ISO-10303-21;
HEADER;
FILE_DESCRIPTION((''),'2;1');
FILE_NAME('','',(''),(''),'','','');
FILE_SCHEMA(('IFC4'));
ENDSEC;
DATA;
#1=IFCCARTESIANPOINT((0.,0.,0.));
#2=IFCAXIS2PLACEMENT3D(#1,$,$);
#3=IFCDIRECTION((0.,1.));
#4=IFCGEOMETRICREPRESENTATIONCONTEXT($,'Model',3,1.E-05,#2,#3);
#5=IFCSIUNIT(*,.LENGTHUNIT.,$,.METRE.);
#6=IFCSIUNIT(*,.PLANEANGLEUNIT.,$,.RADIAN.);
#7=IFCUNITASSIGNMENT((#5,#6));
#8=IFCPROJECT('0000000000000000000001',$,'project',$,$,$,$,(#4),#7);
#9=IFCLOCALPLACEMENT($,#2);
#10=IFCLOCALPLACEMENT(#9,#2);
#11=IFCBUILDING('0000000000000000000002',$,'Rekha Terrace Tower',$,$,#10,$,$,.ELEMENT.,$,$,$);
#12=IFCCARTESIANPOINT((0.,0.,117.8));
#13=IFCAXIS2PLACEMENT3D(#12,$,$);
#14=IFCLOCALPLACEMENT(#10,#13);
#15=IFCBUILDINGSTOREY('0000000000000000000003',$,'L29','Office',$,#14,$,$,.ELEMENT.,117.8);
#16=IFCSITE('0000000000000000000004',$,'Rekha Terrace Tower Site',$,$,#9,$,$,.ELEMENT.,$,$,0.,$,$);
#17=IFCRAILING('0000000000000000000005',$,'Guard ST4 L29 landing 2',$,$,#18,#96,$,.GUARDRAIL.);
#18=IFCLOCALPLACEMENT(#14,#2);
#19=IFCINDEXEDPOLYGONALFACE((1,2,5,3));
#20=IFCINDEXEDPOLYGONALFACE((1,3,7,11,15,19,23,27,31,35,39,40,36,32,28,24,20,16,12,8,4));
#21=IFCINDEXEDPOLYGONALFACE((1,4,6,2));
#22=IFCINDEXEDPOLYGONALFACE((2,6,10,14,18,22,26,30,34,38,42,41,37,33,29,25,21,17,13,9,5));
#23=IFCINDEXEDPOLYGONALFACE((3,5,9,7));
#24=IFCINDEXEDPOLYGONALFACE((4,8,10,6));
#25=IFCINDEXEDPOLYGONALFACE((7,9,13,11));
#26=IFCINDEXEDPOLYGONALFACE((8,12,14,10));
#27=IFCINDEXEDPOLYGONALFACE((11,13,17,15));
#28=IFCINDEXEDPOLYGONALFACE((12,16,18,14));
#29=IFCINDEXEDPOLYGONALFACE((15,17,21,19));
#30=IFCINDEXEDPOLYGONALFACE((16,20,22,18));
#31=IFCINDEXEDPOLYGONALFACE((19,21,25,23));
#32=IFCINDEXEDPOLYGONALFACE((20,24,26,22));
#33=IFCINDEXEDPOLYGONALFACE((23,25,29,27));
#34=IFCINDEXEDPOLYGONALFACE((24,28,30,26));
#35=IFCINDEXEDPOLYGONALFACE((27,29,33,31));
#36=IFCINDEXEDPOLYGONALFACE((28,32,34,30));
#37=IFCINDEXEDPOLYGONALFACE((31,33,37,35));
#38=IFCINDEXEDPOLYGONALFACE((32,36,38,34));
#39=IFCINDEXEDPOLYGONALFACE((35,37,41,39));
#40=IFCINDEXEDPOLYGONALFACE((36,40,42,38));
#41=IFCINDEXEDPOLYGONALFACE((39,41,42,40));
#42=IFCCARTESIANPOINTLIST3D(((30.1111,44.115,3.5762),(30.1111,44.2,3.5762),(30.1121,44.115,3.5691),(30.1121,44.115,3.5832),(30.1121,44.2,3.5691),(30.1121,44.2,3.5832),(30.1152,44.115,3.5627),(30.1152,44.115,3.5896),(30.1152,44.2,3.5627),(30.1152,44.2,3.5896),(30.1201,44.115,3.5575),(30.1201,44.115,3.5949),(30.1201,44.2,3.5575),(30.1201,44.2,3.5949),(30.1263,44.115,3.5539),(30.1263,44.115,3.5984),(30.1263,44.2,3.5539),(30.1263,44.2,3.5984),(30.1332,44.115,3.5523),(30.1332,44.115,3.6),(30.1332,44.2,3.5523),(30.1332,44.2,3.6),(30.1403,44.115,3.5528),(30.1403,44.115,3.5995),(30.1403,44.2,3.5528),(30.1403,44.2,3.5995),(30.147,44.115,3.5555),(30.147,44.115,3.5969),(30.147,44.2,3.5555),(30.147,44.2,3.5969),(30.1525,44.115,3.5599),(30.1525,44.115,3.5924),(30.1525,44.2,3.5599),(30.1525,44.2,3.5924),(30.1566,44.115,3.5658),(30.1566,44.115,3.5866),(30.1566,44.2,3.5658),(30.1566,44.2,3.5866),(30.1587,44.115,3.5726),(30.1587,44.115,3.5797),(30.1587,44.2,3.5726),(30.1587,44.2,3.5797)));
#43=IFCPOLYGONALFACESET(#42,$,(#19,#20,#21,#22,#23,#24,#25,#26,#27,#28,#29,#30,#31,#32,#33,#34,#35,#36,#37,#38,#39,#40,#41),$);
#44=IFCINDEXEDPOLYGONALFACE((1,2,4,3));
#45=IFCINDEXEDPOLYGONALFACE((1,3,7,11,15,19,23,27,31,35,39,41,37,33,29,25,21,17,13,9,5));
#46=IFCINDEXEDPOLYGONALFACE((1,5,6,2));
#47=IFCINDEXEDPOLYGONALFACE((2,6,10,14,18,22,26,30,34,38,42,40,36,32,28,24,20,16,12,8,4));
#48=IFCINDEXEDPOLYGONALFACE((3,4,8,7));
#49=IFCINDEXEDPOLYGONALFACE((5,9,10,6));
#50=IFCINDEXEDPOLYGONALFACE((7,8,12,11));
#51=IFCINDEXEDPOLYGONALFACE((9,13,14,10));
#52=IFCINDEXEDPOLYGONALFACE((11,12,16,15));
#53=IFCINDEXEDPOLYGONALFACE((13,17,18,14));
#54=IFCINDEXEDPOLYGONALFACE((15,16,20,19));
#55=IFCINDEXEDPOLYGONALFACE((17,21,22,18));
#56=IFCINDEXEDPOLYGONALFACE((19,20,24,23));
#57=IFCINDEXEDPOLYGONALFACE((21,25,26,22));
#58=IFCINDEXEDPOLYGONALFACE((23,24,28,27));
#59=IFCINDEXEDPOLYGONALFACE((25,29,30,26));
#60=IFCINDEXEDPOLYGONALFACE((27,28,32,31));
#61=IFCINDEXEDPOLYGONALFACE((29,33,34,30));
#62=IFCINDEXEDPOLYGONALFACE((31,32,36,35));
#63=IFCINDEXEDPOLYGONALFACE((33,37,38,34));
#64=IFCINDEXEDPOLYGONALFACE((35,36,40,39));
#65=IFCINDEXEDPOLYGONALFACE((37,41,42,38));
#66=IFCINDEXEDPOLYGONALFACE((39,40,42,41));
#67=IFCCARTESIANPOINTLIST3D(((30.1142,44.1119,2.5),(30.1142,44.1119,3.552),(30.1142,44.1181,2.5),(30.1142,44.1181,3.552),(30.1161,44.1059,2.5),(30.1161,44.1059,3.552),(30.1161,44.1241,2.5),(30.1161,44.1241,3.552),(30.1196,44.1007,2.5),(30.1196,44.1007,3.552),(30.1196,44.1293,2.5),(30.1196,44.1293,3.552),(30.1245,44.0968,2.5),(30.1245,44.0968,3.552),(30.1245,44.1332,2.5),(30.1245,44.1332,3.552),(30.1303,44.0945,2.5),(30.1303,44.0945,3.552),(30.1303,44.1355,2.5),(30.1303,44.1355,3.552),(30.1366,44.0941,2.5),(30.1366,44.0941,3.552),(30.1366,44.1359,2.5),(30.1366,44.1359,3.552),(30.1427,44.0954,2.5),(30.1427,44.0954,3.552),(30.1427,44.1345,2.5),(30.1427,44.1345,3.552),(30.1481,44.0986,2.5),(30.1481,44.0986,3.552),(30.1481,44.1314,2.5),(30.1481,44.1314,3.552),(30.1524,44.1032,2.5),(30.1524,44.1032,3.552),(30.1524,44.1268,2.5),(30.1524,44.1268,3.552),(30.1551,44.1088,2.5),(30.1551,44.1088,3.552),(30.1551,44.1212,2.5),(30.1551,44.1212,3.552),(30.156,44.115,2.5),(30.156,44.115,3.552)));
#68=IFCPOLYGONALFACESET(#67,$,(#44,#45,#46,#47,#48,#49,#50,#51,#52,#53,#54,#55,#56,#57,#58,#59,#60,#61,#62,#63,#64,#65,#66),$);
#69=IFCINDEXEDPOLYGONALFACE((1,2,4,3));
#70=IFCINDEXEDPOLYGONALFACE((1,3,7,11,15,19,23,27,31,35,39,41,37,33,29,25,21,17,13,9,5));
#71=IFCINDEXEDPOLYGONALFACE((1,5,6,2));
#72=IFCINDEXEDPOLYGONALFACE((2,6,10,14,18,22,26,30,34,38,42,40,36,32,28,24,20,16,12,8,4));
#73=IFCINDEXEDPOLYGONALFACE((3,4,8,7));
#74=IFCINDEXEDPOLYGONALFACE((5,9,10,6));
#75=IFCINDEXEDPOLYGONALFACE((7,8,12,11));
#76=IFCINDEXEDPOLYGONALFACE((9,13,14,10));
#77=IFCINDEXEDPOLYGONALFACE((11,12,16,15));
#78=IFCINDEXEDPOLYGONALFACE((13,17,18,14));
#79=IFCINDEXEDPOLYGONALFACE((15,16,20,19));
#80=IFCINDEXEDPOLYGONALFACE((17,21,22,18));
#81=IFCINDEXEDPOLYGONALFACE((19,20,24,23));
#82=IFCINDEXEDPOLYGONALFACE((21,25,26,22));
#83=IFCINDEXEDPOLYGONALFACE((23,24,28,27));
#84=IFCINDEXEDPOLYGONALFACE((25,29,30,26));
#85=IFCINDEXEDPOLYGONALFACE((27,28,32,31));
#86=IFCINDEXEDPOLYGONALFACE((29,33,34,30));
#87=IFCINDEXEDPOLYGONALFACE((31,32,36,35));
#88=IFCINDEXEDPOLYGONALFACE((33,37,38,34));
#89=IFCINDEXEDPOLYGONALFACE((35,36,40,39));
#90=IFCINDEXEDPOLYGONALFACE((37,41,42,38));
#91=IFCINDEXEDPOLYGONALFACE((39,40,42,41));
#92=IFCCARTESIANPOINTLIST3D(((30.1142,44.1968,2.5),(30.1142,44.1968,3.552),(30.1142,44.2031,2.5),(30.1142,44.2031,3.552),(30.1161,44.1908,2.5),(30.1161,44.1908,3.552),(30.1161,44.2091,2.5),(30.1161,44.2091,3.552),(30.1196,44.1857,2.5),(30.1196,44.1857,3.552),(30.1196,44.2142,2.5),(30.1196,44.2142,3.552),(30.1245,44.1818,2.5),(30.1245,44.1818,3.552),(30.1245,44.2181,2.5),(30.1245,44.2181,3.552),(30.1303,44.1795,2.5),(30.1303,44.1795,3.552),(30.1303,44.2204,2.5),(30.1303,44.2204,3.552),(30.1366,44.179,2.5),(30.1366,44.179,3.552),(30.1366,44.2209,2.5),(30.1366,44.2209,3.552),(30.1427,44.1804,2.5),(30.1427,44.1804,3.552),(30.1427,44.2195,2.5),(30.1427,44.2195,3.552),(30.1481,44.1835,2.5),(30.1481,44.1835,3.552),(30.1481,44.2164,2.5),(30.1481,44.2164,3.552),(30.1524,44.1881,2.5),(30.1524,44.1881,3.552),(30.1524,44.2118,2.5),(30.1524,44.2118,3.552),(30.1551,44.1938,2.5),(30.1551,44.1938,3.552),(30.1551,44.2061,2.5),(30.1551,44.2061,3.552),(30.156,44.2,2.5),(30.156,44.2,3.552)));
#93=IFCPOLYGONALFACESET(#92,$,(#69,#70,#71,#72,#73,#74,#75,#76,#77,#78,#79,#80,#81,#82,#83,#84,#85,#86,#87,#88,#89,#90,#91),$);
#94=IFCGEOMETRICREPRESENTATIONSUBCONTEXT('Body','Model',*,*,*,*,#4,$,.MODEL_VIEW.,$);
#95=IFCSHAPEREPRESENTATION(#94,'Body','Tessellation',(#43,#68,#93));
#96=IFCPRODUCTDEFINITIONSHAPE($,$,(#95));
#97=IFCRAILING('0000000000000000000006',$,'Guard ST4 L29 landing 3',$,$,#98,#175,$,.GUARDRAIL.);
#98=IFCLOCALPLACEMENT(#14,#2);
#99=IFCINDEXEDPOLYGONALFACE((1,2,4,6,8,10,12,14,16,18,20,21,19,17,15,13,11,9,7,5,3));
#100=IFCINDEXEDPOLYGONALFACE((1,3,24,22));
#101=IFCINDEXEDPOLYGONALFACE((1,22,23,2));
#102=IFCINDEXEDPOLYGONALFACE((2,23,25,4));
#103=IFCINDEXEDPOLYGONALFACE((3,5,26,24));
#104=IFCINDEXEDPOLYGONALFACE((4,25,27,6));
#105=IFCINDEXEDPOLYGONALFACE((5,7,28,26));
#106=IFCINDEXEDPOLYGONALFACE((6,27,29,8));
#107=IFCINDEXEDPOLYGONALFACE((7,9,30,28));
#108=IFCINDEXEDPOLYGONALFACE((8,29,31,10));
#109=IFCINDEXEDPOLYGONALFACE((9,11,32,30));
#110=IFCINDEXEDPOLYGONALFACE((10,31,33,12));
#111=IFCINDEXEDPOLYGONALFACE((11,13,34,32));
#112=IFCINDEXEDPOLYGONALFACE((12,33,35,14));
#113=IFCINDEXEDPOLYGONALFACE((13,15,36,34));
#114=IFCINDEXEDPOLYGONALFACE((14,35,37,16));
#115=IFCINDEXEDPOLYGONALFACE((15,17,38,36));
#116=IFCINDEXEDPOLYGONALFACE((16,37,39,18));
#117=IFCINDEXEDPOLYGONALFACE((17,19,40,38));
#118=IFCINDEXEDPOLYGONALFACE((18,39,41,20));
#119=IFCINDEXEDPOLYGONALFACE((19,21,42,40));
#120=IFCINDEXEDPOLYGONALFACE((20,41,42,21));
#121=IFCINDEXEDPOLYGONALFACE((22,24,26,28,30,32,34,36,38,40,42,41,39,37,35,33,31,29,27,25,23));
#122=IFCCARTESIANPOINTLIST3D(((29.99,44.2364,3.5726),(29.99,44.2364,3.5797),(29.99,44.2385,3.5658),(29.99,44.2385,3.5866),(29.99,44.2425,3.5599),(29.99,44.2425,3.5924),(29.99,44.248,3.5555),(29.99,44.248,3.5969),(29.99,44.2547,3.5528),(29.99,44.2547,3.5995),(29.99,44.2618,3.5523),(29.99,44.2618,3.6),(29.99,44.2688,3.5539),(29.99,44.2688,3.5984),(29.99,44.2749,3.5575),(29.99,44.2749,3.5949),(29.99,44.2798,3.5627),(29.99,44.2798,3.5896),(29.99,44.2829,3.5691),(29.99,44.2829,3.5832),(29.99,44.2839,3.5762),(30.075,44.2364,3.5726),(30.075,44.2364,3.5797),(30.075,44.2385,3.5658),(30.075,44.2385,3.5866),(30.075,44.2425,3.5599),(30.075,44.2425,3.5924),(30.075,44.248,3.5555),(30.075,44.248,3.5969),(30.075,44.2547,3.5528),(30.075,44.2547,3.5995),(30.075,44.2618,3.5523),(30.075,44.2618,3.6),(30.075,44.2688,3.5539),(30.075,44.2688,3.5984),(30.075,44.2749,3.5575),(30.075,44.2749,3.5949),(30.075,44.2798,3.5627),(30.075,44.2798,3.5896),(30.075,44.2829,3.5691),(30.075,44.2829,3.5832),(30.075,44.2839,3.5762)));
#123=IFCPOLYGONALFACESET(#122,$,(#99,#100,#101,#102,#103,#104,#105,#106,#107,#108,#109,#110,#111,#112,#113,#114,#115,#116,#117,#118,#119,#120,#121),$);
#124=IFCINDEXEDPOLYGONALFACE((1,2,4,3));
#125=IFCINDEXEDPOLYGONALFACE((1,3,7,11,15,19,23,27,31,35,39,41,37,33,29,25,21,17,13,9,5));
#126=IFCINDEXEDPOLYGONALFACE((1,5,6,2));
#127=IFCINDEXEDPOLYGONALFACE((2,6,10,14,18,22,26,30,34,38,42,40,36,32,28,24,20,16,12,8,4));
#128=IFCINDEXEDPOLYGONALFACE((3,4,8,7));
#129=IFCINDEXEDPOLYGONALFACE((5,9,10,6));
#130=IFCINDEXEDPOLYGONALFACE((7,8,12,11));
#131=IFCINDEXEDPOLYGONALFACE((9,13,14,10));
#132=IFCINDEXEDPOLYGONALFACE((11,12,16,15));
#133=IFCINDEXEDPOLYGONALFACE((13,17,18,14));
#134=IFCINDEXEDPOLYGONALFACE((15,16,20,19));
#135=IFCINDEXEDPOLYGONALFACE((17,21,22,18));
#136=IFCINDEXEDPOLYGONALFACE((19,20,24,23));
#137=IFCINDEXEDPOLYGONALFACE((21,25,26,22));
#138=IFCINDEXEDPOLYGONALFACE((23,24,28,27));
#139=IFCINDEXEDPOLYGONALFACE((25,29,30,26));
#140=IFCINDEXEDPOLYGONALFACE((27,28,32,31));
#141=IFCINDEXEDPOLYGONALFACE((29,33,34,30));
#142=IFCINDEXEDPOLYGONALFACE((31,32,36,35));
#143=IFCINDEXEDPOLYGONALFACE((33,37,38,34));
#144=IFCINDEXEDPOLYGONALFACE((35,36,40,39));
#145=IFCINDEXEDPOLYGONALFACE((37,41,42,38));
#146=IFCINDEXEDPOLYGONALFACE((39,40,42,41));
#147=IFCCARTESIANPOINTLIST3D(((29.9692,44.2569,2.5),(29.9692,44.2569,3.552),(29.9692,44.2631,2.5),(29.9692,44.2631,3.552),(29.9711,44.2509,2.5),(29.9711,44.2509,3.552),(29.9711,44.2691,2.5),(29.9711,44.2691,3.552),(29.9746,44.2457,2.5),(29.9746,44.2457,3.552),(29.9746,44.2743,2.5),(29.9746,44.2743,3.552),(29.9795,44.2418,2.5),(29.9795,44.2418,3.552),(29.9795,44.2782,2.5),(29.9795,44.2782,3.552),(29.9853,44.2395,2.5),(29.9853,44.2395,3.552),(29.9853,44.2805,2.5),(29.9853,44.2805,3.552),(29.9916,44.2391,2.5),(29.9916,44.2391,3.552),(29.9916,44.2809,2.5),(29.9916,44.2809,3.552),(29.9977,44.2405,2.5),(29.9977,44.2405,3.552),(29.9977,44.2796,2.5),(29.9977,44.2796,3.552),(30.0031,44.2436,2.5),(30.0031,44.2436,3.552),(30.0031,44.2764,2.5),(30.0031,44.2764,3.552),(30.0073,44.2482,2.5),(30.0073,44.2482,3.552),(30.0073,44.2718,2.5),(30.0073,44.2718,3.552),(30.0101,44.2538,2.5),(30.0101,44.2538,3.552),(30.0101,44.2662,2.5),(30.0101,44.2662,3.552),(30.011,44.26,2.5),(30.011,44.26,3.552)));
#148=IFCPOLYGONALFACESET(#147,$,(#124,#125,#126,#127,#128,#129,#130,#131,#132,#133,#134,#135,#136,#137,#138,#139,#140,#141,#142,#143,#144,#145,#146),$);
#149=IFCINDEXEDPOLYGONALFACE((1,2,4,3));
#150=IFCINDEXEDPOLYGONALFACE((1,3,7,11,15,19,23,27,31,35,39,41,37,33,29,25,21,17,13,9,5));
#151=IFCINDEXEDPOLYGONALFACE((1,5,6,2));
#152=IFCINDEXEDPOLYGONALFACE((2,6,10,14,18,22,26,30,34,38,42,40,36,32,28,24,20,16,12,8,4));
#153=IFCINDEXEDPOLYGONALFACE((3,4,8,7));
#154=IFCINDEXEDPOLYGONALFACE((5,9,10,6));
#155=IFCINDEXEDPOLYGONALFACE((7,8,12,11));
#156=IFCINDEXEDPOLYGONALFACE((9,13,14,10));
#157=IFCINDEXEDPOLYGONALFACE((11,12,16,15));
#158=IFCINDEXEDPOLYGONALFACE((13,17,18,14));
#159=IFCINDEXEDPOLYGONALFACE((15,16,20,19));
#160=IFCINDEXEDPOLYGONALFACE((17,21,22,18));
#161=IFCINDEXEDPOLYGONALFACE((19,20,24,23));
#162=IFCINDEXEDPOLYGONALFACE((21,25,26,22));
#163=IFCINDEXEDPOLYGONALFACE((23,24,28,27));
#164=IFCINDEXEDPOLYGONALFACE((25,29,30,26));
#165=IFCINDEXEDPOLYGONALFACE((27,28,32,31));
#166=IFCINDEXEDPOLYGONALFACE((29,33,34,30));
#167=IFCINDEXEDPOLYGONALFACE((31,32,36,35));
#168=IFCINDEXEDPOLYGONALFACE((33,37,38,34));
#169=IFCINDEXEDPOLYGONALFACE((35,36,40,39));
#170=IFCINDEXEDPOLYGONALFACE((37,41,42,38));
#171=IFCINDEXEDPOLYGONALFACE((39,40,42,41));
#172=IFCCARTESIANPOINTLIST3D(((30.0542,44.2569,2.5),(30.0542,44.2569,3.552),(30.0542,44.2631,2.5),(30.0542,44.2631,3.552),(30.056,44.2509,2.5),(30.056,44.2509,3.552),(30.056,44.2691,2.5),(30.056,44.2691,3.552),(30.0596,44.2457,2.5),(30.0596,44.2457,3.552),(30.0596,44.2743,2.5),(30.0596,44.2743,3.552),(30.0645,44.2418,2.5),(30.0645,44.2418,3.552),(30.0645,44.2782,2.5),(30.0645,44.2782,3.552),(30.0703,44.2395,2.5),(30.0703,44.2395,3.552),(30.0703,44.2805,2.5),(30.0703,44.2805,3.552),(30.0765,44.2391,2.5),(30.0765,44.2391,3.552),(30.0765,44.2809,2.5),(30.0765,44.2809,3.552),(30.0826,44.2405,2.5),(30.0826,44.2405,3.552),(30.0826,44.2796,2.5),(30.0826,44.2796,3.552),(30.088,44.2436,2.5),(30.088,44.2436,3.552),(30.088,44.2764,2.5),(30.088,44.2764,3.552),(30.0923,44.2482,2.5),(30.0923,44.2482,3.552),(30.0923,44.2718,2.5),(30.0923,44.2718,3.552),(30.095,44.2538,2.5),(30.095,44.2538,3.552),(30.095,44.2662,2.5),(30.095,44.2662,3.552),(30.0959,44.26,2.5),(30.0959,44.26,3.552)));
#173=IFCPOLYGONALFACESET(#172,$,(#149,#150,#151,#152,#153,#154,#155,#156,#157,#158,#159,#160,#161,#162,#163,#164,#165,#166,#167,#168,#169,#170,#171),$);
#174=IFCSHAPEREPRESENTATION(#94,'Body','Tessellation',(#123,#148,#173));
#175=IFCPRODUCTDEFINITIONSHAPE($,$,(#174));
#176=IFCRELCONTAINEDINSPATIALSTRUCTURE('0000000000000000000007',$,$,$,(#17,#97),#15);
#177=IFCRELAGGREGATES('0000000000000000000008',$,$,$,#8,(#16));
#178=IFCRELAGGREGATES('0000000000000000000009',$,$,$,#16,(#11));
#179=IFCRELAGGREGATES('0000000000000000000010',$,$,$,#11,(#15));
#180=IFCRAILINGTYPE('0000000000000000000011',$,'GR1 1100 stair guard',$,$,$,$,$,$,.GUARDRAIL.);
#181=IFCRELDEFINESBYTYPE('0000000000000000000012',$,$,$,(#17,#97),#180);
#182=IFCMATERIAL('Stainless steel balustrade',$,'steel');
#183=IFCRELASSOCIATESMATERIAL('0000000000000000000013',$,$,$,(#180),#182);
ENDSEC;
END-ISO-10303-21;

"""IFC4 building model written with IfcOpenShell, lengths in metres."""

from ifc_helpers import new_model, si_unit, direction, frame, origin, origin_2d, place, context, subcontext, project, spatial, circle, extrude, material, type_object, element, save


model = new_model("IFC4")

# Units and contexts
model_context = context("Model", 3, precision=1e-05, world=origin(), true_north=direction((0.0, 1.0)))
body_context = subcontext(model_context, "Body", "Model", "MODEL_VIEW")
ifc_project = project(units=[si_unit("LENGTHUNIT", "METRE"), si_unit("PLANEANGLEUNIT", "RADIAN")], contexts=[model_context])

# Site, building, storey
site_placement = place(None, origin())
site = spatial("IfcSite", under=ifc_project, at=site_placement, Name="Rekha Terrace Tower Site", CompositionType="ELEMENT", RefElevation=0.0)
building_placement = place(site_placement, origin())
building = spatial("IfcBuilding", under=site, at=building_placement, Name="Rekha Terrace Tower", CompositionType="ELEMENT")
storey_placement = place(building_placement, frame((0.0, 0.0, 117.8)))
storey = spatial("IfcBuildingStorey", under=building, at=storey_placement, Name="L29", Description="Office", CompositionType="ELEMENT", Elevation=117.8)

# Railings
ifc_material_1 = material(Name="Stainless steel balustrade", Category="steel")
railing_type_1 = type_object("IfcRailingType", Name="GR1 1100 stair guard", PredefinedType="GUARDRAIL", material=ifc_material_1)
railing_1_placement = place(storey_placement, frame((30.135, 44.115, 2.5)))
element("IfcRailing", 1, at=railing_1_placement, inside=storey, type_object=railing_type_1, Name="Guard ST4 L29 landing 2", PredefinedType="GUARDRAIL", context=body_context, shape_type="SweptSolid", body=[
    extrude(circle(Radius=0.0239, at=origin_2d()), frame((0.0, 0.0, 1.0762), z_axis=(0.0, 1.0, 0.0), x_axis=(-1.0, 0.0, 0.0)), (0.0, 0.0, 1.0), 0.085),
    extrude(circle(Radius=0.021, at=origin_2d()), origin(), (0.0, 0.0, 1.0), 1.052),
    extrude(circle(Radius=0.021, at=origin_2d()), frame((0.0, 0.085, 0.0)), (0.0, 0.0, 1.0), 1.052),
])
railing_2_placement = place(storey_placement, frame((29.99, 44.26, 2.5)))
element("IfcRailing", 2, at=railing_2_placement, inside=storey, type_object=railing_type_1, Name="Guard ST4 L29 landing 3", PredefinedType="GUARDRAIL", context=body_context, shape_type="SweptSolid", body=[
    extrude(circle(Radius=0.0239, at=origin_2d()), frame((0.0, 0.0, 1.0762), z_axis=(1.0, 0.0, 0.0), x_axis=(0.0, 1.0, 0.0)), (0.0, 0.0, 1.0), 0.085),
    extrude(circle(Radius=0.021, at=origin_2d()), origin(), (0.0, 0.0, 1.0), 1.052),
    extrude(circle(Radius=0.021, at=origin_2d()), frame((0.085, 0.0, 0.0)), (0.0, 0.0, 1.0), 1.052),
])

save(model, "model.ifc")
